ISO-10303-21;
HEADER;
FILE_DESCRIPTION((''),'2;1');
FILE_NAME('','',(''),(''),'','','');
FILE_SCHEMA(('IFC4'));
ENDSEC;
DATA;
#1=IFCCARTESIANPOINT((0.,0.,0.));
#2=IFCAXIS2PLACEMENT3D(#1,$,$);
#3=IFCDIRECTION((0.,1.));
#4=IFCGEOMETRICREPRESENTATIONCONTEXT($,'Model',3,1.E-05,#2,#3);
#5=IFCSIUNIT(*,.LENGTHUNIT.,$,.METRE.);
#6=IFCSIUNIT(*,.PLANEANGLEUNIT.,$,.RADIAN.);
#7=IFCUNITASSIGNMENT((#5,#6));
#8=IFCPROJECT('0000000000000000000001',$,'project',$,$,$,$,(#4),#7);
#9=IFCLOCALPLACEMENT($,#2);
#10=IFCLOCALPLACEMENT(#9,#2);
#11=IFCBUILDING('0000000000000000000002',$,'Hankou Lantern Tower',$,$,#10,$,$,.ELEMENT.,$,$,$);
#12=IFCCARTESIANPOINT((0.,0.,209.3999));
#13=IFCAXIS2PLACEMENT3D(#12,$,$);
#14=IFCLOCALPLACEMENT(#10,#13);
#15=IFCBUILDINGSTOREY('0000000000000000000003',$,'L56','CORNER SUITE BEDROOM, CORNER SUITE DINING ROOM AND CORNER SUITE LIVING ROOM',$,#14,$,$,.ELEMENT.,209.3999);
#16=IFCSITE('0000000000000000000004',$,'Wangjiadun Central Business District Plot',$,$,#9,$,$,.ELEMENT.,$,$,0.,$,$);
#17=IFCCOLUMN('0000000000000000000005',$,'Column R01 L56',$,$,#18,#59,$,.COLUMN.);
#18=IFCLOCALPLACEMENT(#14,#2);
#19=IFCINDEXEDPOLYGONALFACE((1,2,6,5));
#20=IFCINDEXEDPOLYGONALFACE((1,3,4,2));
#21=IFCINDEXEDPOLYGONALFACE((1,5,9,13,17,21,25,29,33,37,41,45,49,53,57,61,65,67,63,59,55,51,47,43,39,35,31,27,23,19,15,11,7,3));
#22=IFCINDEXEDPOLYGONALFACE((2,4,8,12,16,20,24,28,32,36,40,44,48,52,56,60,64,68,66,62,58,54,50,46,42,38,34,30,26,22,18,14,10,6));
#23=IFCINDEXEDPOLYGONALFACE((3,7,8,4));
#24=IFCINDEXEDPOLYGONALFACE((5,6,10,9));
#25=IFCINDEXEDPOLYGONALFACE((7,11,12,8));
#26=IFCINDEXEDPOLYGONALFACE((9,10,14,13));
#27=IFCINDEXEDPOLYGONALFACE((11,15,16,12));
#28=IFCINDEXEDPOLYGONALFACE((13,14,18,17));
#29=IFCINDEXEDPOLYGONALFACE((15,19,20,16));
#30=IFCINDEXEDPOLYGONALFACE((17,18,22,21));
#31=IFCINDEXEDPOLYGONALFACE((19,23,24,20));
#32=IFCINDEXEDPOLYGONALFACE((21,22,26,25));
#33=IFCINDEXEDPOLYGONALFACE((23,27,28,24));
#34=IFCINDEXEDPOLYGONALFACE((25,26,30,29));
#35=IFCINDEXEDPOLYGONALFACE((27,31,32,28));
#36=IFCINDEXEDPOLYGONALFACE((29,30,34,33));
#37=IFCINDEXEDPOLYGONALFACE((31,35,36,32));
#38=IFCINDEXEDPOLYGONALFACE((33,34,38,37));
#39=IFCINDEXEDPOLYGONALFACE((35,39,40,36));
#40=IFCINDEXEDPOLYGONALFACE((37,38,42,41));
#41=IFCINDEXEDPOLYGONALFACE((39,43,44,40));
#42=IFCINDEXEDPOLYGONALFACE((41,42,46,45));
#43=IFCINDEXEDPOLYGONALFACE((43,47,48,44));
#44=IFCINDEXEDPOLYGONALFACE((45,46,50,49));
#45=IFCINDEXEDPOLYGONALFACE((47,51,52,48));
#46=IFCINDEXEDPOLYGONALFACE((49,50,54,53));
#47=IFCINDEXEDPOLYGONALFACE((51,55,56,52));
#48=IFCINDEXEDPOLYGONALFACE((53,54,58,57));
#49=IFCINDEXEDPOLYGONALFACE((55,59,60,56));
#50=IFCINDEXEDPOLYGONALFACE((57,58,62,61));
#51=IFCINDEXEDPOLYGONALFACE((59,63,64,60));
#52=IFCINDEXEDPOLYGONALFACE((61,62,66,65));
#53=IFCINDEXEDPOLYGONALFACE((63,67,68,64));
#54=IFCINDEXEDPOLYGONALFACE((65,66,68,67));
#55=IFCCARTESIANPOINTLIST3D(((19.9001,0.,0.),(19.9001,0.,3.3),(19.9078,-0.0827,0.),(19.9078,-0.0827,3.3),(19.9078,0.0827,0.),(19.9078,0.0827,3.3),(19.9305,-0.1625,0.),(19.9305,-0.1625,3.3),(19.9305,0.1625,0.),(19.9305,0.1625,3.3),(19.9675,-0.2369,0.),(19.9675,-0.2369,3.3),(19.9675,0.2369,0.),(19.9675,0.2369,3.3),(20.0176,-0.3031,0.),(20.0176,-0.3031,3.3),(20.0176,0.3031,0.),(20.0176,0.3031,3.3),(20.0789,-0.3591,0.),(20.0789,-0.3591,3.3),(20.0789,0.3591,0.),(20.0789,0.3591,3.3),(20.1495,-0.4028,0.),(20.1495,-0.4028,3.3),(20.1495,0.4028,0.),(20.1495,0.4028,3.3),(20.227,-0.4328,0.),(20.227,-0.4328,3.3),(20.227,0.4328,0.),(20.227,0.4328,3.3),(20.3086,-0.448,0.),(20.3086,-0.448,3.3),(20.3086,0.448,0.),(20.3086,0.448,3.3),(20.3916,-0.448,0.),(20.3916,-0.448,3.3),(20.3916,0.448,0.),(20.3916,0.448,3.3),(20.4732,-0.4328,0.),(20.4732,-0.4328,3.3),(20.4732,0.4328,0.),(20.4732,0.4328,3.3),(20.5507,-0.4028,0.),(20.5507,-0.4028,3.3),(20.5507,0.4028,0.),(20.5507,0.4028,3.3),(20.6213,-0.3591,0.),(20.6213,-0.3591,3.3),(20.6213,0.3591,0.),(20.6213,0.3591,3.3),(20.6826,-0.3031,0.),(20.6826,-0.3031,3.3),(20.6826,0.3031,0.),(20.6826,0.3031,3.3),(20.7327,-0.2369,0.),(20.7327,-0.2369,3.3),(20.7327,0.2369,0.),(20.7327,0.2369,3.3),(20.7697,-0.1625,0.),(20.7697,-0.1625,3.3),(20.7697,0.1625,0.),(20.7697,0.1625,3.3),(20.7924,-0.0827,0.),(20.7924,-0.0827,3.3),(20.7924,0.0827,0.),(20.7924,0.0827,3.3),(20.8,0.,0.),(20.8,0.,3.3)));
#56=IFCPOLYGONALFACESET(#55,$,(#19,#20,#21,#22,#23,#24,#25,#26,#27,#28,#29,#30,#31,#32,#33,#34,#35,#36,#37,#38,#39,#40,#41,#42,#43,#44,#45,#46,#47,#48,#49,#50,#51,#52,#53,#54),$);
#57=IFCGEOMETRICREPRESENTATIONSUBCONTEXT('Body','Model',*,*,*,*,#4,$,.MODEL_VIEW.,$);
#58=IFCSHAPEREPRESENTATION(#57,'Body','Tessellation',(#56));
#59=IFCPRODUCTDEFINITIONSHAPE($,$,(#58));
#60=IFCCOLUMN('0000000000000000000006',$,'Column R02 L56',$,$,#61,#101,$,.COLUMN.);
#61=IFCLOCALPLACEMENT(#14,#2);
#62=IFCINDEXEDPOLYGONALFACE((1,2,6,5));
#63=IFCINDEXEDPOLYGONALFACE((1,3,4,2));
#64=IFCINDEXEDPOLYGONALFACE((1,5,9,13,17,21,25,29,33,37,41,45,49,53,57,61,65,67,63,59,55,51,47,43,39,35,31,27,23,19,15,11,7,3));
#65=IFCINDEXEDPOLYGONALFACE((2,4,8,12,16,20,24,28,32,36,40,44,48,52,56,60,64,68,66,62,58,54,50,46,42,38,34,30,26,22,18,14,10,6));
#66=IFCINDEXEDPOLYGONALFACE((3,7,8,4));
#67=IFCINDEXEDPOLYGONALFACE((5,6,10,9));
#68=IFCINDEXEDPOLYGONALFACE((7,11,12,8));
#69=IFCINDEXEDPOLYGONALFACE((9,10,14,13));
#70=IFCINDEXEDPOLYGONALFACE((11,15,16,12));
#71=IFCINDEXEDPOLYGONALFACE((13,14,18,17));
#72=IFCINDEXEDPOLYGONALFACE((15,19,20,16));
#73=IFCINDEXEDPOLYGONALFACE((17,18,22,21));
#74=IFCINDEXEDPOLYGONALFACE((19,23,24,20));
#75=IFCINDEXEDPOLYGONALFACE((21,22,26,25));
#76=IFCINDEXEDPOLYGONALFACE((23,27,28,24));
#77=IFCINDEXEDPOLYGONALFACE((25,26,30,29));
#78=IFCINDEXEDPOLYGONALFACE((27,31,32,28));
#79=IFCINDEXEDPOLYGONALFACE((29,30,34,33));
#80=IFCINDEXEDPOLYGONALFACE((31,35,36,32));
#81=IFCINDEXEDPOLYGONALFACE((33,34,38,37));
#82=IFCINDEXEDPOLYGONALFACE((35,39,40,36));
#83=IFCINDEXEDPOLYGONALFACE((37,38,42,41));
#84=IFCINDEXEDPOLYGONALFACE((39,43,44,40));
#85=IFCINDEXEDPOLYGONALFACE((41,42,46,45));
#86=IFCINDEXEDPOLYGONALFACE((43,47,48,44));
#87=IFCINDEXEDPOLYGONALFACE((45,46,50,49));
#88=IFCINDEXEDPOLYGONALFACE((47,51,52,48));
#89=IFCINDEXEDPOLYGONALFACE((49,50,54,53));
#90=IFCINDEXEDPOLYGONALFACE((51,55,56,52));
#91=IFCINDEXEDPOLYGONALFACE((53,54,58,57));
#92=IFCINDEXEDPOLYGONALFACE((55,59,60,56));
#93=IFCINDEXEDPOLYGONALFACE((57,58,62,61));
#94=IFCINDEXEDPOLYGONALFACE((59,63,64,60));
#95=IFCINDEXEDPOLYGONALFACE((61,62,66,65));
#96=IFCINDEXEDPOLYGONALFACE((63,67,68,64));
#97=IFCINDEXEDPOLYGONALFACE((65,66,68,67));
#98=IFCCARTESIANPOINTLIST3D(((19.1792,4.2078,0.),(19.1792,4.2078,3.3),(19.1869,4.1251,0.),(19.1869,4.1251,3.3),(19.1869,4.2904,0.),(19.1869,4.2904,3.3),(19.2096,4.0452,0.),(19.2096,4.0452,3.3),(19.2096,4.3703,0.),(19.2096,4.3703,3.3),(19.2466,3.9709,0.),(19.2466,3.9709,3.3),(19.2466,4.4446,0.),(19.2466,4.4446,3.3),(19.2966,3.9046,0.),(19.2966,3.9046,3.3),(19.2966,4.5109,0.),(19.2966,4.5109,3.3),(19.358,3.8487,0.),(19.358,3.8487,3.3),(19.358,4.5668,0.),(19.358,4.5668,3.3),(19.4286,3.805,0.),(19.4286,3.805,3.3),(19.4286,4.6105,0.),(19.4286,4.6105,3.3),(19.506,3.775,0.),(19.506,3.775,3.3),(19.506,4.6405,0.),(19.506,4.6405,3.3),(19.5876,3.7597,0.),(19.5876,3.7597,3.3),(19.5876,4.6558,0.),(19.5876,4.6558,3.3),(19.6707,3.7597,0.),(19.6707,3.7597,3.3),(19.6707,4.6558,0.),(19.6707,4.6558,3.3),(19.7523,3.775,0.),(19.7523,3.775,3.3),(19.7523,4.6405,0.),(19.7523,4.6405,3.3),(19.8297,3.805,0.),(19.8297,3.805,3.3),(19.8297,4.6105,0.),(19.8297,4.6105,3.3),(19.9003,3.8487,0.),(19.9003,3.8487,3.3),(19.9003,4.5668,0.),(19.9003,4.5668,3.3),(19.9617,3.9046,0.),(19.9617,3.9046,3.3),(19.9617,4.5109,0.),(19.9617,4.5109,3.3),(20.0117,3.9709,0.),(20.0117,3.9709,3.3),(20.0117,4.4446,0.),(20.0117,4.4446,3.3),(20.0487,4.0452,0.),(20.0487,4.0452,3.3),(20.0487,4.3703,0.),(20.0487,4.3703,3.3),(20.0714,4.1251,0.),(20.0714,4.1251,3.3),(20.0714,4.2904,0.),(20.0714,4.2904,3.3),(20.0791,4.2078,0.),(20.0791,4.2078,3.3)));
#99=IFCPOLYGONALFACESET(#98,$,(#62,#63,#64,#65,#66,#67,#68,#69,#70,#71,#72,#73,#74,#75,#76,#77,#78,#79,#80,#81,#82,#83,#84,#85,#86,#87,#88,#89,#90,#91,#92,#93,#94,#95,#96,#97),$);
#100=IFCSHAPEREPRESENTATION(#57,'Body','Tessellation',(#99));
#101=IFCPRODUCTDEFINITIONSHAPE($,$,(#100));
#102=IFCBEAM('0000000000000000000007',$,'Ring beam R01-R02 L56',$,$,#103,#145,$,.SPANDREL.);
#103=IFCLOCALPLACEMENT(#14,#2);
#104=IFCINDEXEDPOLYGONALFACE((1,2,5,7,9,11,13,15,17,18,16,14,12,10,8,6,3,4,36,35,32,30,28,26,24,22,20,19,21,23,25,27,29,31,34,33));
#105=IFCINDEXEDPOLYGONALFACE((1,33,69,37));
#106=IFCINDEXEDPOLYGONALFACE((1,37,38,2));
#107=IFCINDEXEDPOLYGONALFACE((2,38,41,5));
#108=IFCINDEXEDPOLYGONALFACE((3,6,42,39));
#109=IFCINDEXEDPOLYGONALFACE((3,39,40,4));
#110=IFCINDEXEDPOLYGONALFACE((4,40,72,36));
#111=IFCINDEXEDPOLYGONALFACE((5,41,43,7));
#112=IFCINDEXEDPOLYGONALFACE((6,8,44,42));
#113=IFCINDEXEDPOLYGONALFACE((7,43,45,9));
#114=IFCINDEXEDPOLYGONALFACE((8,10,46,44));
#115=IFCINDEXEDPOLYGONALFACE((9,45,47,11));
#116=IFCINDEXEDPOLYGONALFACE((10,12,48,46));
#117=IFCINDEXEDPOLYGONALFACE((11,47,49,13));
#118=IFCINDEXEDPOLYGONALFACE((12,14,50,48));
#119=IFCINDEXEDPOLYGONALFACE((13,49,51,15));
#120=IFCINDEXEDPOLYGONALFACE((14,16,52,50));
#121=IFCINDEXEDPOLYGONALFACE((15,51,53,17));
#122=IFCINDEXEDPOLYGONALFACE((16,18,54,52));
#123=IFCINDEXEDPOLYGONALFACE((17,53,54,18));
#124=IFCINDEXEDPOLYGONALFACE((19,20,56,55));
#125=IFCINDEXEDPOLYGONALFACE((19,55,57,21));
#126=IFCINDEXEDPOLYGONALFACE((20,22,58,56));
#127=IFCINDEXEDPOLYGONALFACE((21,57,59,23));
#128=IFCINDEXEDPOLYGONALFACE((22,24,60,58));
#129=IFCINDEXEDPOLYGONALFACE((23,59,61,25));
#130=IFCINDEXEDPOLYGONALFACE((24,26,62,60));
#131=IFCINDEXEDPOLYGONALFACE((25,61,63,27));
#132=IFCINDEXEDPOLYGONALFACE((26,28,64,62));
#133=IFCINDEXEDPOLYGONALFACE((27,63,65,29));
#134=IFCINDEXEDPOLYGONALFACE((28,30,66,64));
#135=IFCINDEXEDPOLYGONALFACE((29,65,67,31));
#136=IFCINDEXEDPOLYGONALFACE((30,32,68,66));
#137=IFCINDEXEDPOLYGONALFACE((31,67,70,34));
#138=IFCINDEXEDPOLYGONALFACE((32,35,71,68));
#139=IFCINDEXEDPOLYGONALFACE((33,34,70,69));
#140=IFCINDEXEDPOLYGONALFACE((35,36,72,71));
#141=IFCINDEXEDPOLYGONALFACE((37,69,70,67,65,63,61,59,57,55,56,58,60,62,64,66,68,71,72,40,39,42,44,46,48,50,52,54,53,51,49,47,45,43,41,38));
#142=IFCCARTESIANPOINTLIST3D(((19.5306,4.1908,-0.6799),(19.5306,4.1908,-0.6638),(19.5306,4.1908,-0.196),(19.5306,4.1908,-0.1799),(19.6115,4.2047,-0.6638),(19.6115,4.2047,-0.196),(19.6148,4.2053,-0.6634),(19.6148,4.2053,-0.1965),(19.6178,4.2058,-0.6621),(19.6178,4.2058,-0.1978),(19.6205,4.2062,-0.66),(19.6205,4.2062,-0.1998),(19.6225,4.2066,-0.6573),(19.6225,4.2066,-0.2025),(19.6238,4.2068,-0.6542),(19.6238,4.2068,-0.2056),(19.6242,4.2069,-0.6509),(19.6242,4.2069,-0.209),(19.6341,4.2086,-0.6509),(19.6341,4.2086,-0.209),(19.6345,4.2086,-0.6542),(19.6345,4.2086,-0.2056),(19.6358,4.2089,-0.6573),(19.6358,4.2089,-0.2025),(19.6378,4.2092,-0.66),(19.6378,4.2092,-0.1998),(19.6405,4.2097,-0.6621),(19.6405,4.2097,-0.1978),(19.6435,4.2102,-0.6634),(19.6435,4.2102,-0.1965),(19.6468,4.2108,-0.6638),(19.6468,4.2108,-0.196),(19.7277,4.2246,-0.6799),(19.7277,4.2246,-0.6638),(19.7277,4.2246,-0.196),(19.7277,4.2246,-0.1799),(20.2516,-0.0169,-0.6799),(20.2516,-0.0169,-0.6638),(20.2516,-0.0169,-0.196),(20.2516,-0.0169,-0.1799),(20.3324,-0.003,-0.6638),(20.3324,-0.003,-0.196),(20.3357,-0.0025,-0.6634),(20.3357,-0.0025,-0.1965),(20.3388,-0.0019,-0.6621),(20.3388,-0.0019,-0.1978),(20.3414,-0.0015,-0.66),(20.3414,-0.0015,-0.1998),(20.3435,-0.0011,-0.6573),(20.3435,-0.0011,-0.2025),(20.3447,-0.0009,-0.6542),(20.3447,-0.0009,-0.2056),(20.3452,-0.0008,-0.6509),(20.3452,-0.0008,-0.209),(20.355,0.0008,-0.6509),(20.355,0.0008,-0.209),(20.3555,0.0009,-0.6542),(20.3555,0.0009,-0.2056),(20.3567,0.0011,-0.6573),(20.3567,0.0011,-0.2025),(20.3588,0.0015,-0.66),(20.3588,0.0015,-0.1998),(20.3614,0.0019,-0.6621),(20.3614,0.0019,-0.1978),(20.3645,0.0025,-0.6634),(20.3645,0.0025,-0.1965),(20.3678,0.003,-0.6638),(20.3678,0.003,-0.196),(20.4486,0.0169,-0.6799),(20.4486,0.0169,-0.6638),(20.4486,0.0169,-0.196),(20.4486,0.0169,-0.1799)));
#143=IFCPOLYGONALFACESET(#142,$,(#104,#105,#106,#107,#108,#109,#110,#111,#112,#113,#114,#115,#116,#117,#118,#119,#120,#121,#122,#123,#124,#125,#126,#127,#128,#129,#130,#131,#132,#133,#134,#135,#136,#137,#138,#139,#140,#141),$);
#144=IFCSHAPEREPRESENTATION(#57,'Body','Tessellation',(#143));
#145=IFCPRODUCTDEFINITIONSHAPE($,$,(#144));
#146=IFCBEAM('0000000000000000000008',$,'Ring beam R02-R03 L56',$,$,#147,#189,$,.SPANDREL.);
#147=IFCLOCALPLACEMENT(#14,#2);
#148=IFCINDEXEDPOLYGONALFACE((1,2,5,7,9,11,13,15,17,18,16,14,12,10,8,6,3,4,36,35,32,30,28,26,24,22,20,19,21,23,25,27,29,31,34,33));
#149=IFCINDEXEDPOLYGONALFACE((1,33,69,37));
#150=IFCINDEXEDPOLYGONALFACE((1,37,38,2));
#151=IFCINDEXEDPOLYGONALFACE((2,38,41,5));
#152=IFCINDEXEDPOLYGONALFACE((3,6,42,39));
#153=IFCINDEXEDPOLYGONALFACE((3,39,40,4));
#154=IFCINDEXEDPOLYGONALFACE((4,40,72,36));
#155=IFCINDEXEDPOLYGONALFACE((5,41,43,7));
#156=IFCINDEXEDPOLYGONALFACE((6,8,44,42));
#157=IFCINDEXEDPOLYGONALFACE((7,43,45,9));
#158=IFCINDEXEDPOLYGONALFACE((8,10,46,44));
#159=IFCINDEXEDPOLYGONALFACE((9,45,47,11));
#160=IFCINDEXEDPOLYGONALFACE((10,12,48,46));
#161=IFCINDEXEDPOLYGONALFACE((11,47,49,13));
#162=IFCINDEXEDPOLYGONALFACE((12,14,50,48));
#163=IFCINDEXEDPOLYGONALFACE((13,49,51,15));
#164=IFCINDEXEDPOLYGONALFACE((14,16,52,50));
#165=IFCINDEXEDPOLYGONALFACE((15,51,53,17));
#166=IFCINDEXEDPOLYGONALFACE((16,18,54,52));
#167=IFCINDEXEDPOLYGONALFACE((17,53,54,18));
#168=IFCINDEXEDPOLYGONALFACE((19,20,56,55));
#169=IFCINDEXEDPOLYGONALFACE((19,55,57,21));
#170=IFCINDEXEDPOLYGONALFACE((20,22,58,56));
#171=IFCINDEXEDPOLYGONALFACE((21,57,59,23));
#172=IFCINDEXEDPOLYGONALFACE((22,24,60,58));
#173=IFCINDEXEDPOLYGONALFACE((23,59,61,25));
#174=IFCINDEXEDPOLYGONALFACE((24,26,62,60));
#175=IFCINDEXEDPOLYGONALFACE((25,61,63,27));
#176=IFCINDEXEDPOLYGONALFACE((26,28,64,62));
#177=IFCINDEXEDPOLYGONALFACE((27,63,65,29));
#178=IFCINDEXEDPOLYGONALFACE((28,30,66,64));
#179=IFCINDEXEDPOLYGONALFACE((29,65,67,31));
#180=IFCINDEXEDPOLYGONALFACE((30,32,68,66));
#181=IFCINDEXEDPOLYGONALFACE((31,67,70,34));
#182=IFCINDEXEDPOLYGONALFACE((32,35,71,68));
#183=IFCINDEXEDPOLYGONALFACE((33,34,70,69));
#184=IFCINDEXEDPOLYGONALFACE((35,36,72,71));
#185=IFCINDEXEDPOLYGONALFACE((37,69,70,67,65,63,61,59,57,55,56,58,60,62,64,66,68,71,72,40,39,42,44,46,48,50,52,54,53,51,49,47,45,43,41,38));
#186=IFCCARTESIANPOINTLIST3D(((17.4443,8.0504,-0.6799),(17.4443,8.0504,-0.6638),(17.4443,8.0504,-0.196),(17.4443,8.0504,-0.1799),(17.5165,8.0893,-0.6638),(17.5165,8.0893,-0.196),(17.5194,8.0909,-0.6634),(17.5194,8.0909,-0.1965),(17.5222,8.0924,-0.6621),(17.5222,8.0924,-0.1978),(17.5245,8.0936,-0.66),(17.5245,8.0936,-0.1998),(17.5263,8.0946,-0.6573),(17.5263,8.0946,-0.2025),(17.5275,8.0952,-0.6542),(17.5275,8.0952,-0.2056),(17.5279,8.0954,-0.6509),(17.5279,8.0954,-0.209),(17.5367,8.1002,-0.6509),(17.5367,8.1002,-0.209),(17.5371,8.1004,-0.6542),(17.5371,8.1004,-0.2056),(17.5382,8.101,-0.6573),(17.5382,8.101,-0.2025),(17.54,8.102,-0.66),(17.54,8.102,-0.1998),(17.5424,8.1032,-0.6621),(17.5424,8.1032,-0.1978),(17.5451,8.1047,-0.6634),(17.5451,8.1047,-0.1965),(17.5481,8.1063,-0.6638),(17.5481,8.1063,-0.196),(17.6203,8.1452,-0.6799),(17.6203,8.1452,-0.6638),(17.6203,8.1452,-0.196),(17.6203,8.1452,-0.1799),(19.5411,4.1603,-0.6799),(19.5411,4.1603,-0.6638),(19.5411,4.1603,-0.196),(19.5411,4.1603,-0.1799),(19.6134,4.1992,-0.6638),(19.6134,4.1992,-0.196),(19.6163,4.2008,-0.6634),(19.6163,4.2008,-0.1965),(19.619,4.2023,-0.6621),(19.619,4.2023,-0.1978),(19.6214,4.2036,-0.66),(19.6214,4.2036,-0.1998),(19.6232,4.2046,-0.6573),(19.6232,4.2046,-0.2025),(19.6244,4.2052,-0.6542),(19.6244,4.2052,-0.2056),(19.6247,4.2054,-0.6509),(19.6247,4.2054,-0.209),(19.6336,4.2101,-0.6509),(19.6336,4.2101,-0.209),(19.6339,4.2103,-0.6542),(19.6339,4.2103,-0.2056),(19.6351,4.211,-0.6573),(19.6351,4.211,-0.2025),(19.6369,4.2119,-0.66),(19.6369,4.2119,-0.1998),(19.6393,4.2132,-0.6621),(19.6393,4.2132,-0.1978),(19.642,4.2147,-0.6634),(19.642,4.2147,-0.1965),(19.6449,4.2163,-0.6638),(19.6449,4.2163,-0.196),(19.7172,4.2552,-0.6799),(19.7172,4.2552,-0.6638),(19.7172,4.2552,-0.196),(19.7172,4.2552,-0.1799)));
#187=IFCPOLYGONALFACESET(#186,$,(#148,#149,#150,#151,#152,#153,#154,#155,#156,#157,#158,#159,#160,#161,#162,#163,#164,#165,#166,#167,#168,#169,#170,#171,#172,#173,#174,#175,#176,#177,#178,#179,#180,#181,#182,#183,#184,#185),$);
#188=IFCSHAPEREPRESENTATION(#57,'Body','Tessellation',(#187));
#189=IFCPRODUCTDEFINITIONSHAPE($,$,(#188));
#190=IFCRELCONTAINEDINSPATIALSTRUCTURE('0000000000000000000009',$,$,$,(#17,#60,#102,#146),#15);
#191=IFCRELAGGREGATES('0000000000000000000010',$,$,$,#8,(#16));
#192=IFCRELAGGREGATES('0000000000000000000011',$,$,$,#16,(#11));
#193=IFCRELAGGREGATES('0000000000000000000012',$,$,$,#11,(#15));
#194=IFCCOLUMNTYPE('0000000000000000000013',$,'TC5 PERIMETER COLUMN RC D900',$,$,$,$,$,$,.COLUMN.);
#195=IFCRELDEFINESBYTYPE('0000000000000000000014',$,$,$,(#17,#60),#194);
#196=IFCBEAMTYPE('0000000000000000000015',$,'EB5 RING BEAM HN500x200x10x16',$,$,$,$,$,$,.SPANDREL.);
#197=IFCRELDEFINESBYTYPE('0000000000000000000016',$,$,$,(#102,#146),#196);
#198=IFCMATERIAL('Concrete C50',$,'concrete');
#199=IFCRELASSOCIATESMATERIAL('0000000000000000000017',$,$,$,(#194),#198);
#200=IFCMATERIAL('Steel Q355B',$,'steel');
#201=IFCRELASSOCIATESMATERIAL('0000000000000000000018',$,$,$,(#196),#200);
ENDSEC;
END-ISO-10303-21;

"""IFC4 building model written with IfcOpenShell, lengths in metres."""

from ifc_helpers import new_model, si_unit, direction, frame, origin, origin_2d, place, context, subcontext, project, spatial, circle, i_section, extrude, material, material_profile, profile_set, type_object, element, save


model = new_model("IFC4")

# Units and contexts
model_context = context("Model", 3, precision=1e-05, world=origin(), true_north=direction((0.0, 1.0)))
body_context = subcontext(model_context, "Body", "Model", "MODEL_VIEW")
ifc_project = project(units=[si_unit("LENGTHUNIT", "METRE"), si_unit("PLANEANGLEUNIT", "RADIAN")], contexts=[model_context])

# Site, building, storey
site_placement = place(None, origin())
site = spatial("IfcSite", under=ifc_project, at=site_placement, Name="Wangjiadun Central Business District Plot", CompositionType="ELEMENT", RefElevation=0.0)
building_placement = place(site_placement, origin())
building = spatial("IfcBuilding", under=site, at=building_placement, Name="Hankou Lantern Tower", CompositionType="ELEMENT")
storey_placement = place(building_placement, frame((0.0, 0.0, 209.3999)))
storey = spatial("IfcBuildingStorey", under=building, at=storey_placement, Name="L56", Description="CORNER SUITE BEDROOM, CORNER SUITE DINING ROOM AND CORNER SUITE LIVING ROOM", CompositionType="ELEMENT", Elevation=209.3999)

# Columns
ifc_material_1 = material(Name="Concrete C50", Category="concrete")
ifc_material_profile_1 = material_profile(ifc_material_1, circle(Radius=0.45, at=origin_2d()), Name="RC D900")
ifc_profile_set_1 = profile_set([ifc_material_profile_1], Name="Concrete C50")
column_type = type_object("IfcColumnType", Name="TC5 PERIMETER COLUMN RC D900", PredefinedType="COLUMN", material=ifc_profile_set_1)
for number, where, z_axis, x_axis, name in (
    (1, (20.3501, 0.0, 0.0), (0.0, 0.0, 1.0), (1.0, 0.0, 0.0), "Column R01 L56"),
    (2, (19.6292, 4.2078, 0.0), (0.0, 0.0, 1.0), (1.0, 0.0, 0.0), "Column R02 L56"),
):
    element("IfcColumn", number, at=place(storey_placement, frame(where, z_axis=z_axis, x_axis=x_axis)), inside=storey, type_object=column_type, Name=name, PredefinedType="COLUMN", context=body_context, shape_type="SweptSolid", body=[
        extrude(circle(Radius=0.45, at=origin_2d()), origin(), (0.0, 0.0, 1.0), 3.3),
    ])

# Beams
ifc_material_2 = material(Name="Steel Q355B", Category="steel")
ifc_material_profile_2 = material_profile(ifc_material_2, i_section(OverallWidth=0.2, OverallDepth=0.5, WebThickness=0.01, FlangeThickness=0.0161, FilletRadius=0.0129, at=origin_2d()), Name="HN500x200x10x16")
ifc_profile_set_2 = profile_set([ifc_material_profile_2], Name="Steel Q355B")
beam_type_1 = type_object("IfcBeamType", Name="EB5 RING BEAM HN500x200x10x16", PredefinedType="SPANDREL", material=ifc_profile_set_2)
beam_1_placement = place(storey_placement, frame((20.3501, 0.0, -0.4299), z_axis=(-0.168877, 0.985637, 0.0), x_axis=(-0.985637, -0.168877, 0.0)))
element("IfcBeam", 3, at=beam_1_placement, inside=storey, type_object=beam_type_1, Name="Ring beam R01-R02 L56", PredefinedType="SPANDREL", context=body_context, shape_type="SweptSolid", body=[
    extrude(i_section(OverallWidth=0.2, OverallDepth=0.5, WebThickness=0.01, FlangeThickness=0.0161, FilletRadius=0.0129, at=origin_2d()), origin(), (0.0, 0.0, 1.0), 4.269),
])
beam_2_placement = place(storey_placement, frame((19.6292, 4.2078, -0.4299), z_axis=(-0.474492, 0.88026, 0.0), x_axis=(-0.88026, -0.474492, 0.0)))
element("IfcBeam", 4, at=beam_2_placement, inside=storey, type_object=beam_type_1, Name="Ring beam R02-R03 L56", PredefinedType="SPANDREL", context=body_context, shape_type="SweptSolid", body=[
    extrude(i_section(OverallWidth=0.2, OverallDepth=0.5, WebThickness=0.01, FlangeThickness=0.0161, FilletRadius=0.0129, at=origin_2d()), origin(), (0.0, 0.0, 1.0), 4.4192),
])

save(model, "model.ifc")
